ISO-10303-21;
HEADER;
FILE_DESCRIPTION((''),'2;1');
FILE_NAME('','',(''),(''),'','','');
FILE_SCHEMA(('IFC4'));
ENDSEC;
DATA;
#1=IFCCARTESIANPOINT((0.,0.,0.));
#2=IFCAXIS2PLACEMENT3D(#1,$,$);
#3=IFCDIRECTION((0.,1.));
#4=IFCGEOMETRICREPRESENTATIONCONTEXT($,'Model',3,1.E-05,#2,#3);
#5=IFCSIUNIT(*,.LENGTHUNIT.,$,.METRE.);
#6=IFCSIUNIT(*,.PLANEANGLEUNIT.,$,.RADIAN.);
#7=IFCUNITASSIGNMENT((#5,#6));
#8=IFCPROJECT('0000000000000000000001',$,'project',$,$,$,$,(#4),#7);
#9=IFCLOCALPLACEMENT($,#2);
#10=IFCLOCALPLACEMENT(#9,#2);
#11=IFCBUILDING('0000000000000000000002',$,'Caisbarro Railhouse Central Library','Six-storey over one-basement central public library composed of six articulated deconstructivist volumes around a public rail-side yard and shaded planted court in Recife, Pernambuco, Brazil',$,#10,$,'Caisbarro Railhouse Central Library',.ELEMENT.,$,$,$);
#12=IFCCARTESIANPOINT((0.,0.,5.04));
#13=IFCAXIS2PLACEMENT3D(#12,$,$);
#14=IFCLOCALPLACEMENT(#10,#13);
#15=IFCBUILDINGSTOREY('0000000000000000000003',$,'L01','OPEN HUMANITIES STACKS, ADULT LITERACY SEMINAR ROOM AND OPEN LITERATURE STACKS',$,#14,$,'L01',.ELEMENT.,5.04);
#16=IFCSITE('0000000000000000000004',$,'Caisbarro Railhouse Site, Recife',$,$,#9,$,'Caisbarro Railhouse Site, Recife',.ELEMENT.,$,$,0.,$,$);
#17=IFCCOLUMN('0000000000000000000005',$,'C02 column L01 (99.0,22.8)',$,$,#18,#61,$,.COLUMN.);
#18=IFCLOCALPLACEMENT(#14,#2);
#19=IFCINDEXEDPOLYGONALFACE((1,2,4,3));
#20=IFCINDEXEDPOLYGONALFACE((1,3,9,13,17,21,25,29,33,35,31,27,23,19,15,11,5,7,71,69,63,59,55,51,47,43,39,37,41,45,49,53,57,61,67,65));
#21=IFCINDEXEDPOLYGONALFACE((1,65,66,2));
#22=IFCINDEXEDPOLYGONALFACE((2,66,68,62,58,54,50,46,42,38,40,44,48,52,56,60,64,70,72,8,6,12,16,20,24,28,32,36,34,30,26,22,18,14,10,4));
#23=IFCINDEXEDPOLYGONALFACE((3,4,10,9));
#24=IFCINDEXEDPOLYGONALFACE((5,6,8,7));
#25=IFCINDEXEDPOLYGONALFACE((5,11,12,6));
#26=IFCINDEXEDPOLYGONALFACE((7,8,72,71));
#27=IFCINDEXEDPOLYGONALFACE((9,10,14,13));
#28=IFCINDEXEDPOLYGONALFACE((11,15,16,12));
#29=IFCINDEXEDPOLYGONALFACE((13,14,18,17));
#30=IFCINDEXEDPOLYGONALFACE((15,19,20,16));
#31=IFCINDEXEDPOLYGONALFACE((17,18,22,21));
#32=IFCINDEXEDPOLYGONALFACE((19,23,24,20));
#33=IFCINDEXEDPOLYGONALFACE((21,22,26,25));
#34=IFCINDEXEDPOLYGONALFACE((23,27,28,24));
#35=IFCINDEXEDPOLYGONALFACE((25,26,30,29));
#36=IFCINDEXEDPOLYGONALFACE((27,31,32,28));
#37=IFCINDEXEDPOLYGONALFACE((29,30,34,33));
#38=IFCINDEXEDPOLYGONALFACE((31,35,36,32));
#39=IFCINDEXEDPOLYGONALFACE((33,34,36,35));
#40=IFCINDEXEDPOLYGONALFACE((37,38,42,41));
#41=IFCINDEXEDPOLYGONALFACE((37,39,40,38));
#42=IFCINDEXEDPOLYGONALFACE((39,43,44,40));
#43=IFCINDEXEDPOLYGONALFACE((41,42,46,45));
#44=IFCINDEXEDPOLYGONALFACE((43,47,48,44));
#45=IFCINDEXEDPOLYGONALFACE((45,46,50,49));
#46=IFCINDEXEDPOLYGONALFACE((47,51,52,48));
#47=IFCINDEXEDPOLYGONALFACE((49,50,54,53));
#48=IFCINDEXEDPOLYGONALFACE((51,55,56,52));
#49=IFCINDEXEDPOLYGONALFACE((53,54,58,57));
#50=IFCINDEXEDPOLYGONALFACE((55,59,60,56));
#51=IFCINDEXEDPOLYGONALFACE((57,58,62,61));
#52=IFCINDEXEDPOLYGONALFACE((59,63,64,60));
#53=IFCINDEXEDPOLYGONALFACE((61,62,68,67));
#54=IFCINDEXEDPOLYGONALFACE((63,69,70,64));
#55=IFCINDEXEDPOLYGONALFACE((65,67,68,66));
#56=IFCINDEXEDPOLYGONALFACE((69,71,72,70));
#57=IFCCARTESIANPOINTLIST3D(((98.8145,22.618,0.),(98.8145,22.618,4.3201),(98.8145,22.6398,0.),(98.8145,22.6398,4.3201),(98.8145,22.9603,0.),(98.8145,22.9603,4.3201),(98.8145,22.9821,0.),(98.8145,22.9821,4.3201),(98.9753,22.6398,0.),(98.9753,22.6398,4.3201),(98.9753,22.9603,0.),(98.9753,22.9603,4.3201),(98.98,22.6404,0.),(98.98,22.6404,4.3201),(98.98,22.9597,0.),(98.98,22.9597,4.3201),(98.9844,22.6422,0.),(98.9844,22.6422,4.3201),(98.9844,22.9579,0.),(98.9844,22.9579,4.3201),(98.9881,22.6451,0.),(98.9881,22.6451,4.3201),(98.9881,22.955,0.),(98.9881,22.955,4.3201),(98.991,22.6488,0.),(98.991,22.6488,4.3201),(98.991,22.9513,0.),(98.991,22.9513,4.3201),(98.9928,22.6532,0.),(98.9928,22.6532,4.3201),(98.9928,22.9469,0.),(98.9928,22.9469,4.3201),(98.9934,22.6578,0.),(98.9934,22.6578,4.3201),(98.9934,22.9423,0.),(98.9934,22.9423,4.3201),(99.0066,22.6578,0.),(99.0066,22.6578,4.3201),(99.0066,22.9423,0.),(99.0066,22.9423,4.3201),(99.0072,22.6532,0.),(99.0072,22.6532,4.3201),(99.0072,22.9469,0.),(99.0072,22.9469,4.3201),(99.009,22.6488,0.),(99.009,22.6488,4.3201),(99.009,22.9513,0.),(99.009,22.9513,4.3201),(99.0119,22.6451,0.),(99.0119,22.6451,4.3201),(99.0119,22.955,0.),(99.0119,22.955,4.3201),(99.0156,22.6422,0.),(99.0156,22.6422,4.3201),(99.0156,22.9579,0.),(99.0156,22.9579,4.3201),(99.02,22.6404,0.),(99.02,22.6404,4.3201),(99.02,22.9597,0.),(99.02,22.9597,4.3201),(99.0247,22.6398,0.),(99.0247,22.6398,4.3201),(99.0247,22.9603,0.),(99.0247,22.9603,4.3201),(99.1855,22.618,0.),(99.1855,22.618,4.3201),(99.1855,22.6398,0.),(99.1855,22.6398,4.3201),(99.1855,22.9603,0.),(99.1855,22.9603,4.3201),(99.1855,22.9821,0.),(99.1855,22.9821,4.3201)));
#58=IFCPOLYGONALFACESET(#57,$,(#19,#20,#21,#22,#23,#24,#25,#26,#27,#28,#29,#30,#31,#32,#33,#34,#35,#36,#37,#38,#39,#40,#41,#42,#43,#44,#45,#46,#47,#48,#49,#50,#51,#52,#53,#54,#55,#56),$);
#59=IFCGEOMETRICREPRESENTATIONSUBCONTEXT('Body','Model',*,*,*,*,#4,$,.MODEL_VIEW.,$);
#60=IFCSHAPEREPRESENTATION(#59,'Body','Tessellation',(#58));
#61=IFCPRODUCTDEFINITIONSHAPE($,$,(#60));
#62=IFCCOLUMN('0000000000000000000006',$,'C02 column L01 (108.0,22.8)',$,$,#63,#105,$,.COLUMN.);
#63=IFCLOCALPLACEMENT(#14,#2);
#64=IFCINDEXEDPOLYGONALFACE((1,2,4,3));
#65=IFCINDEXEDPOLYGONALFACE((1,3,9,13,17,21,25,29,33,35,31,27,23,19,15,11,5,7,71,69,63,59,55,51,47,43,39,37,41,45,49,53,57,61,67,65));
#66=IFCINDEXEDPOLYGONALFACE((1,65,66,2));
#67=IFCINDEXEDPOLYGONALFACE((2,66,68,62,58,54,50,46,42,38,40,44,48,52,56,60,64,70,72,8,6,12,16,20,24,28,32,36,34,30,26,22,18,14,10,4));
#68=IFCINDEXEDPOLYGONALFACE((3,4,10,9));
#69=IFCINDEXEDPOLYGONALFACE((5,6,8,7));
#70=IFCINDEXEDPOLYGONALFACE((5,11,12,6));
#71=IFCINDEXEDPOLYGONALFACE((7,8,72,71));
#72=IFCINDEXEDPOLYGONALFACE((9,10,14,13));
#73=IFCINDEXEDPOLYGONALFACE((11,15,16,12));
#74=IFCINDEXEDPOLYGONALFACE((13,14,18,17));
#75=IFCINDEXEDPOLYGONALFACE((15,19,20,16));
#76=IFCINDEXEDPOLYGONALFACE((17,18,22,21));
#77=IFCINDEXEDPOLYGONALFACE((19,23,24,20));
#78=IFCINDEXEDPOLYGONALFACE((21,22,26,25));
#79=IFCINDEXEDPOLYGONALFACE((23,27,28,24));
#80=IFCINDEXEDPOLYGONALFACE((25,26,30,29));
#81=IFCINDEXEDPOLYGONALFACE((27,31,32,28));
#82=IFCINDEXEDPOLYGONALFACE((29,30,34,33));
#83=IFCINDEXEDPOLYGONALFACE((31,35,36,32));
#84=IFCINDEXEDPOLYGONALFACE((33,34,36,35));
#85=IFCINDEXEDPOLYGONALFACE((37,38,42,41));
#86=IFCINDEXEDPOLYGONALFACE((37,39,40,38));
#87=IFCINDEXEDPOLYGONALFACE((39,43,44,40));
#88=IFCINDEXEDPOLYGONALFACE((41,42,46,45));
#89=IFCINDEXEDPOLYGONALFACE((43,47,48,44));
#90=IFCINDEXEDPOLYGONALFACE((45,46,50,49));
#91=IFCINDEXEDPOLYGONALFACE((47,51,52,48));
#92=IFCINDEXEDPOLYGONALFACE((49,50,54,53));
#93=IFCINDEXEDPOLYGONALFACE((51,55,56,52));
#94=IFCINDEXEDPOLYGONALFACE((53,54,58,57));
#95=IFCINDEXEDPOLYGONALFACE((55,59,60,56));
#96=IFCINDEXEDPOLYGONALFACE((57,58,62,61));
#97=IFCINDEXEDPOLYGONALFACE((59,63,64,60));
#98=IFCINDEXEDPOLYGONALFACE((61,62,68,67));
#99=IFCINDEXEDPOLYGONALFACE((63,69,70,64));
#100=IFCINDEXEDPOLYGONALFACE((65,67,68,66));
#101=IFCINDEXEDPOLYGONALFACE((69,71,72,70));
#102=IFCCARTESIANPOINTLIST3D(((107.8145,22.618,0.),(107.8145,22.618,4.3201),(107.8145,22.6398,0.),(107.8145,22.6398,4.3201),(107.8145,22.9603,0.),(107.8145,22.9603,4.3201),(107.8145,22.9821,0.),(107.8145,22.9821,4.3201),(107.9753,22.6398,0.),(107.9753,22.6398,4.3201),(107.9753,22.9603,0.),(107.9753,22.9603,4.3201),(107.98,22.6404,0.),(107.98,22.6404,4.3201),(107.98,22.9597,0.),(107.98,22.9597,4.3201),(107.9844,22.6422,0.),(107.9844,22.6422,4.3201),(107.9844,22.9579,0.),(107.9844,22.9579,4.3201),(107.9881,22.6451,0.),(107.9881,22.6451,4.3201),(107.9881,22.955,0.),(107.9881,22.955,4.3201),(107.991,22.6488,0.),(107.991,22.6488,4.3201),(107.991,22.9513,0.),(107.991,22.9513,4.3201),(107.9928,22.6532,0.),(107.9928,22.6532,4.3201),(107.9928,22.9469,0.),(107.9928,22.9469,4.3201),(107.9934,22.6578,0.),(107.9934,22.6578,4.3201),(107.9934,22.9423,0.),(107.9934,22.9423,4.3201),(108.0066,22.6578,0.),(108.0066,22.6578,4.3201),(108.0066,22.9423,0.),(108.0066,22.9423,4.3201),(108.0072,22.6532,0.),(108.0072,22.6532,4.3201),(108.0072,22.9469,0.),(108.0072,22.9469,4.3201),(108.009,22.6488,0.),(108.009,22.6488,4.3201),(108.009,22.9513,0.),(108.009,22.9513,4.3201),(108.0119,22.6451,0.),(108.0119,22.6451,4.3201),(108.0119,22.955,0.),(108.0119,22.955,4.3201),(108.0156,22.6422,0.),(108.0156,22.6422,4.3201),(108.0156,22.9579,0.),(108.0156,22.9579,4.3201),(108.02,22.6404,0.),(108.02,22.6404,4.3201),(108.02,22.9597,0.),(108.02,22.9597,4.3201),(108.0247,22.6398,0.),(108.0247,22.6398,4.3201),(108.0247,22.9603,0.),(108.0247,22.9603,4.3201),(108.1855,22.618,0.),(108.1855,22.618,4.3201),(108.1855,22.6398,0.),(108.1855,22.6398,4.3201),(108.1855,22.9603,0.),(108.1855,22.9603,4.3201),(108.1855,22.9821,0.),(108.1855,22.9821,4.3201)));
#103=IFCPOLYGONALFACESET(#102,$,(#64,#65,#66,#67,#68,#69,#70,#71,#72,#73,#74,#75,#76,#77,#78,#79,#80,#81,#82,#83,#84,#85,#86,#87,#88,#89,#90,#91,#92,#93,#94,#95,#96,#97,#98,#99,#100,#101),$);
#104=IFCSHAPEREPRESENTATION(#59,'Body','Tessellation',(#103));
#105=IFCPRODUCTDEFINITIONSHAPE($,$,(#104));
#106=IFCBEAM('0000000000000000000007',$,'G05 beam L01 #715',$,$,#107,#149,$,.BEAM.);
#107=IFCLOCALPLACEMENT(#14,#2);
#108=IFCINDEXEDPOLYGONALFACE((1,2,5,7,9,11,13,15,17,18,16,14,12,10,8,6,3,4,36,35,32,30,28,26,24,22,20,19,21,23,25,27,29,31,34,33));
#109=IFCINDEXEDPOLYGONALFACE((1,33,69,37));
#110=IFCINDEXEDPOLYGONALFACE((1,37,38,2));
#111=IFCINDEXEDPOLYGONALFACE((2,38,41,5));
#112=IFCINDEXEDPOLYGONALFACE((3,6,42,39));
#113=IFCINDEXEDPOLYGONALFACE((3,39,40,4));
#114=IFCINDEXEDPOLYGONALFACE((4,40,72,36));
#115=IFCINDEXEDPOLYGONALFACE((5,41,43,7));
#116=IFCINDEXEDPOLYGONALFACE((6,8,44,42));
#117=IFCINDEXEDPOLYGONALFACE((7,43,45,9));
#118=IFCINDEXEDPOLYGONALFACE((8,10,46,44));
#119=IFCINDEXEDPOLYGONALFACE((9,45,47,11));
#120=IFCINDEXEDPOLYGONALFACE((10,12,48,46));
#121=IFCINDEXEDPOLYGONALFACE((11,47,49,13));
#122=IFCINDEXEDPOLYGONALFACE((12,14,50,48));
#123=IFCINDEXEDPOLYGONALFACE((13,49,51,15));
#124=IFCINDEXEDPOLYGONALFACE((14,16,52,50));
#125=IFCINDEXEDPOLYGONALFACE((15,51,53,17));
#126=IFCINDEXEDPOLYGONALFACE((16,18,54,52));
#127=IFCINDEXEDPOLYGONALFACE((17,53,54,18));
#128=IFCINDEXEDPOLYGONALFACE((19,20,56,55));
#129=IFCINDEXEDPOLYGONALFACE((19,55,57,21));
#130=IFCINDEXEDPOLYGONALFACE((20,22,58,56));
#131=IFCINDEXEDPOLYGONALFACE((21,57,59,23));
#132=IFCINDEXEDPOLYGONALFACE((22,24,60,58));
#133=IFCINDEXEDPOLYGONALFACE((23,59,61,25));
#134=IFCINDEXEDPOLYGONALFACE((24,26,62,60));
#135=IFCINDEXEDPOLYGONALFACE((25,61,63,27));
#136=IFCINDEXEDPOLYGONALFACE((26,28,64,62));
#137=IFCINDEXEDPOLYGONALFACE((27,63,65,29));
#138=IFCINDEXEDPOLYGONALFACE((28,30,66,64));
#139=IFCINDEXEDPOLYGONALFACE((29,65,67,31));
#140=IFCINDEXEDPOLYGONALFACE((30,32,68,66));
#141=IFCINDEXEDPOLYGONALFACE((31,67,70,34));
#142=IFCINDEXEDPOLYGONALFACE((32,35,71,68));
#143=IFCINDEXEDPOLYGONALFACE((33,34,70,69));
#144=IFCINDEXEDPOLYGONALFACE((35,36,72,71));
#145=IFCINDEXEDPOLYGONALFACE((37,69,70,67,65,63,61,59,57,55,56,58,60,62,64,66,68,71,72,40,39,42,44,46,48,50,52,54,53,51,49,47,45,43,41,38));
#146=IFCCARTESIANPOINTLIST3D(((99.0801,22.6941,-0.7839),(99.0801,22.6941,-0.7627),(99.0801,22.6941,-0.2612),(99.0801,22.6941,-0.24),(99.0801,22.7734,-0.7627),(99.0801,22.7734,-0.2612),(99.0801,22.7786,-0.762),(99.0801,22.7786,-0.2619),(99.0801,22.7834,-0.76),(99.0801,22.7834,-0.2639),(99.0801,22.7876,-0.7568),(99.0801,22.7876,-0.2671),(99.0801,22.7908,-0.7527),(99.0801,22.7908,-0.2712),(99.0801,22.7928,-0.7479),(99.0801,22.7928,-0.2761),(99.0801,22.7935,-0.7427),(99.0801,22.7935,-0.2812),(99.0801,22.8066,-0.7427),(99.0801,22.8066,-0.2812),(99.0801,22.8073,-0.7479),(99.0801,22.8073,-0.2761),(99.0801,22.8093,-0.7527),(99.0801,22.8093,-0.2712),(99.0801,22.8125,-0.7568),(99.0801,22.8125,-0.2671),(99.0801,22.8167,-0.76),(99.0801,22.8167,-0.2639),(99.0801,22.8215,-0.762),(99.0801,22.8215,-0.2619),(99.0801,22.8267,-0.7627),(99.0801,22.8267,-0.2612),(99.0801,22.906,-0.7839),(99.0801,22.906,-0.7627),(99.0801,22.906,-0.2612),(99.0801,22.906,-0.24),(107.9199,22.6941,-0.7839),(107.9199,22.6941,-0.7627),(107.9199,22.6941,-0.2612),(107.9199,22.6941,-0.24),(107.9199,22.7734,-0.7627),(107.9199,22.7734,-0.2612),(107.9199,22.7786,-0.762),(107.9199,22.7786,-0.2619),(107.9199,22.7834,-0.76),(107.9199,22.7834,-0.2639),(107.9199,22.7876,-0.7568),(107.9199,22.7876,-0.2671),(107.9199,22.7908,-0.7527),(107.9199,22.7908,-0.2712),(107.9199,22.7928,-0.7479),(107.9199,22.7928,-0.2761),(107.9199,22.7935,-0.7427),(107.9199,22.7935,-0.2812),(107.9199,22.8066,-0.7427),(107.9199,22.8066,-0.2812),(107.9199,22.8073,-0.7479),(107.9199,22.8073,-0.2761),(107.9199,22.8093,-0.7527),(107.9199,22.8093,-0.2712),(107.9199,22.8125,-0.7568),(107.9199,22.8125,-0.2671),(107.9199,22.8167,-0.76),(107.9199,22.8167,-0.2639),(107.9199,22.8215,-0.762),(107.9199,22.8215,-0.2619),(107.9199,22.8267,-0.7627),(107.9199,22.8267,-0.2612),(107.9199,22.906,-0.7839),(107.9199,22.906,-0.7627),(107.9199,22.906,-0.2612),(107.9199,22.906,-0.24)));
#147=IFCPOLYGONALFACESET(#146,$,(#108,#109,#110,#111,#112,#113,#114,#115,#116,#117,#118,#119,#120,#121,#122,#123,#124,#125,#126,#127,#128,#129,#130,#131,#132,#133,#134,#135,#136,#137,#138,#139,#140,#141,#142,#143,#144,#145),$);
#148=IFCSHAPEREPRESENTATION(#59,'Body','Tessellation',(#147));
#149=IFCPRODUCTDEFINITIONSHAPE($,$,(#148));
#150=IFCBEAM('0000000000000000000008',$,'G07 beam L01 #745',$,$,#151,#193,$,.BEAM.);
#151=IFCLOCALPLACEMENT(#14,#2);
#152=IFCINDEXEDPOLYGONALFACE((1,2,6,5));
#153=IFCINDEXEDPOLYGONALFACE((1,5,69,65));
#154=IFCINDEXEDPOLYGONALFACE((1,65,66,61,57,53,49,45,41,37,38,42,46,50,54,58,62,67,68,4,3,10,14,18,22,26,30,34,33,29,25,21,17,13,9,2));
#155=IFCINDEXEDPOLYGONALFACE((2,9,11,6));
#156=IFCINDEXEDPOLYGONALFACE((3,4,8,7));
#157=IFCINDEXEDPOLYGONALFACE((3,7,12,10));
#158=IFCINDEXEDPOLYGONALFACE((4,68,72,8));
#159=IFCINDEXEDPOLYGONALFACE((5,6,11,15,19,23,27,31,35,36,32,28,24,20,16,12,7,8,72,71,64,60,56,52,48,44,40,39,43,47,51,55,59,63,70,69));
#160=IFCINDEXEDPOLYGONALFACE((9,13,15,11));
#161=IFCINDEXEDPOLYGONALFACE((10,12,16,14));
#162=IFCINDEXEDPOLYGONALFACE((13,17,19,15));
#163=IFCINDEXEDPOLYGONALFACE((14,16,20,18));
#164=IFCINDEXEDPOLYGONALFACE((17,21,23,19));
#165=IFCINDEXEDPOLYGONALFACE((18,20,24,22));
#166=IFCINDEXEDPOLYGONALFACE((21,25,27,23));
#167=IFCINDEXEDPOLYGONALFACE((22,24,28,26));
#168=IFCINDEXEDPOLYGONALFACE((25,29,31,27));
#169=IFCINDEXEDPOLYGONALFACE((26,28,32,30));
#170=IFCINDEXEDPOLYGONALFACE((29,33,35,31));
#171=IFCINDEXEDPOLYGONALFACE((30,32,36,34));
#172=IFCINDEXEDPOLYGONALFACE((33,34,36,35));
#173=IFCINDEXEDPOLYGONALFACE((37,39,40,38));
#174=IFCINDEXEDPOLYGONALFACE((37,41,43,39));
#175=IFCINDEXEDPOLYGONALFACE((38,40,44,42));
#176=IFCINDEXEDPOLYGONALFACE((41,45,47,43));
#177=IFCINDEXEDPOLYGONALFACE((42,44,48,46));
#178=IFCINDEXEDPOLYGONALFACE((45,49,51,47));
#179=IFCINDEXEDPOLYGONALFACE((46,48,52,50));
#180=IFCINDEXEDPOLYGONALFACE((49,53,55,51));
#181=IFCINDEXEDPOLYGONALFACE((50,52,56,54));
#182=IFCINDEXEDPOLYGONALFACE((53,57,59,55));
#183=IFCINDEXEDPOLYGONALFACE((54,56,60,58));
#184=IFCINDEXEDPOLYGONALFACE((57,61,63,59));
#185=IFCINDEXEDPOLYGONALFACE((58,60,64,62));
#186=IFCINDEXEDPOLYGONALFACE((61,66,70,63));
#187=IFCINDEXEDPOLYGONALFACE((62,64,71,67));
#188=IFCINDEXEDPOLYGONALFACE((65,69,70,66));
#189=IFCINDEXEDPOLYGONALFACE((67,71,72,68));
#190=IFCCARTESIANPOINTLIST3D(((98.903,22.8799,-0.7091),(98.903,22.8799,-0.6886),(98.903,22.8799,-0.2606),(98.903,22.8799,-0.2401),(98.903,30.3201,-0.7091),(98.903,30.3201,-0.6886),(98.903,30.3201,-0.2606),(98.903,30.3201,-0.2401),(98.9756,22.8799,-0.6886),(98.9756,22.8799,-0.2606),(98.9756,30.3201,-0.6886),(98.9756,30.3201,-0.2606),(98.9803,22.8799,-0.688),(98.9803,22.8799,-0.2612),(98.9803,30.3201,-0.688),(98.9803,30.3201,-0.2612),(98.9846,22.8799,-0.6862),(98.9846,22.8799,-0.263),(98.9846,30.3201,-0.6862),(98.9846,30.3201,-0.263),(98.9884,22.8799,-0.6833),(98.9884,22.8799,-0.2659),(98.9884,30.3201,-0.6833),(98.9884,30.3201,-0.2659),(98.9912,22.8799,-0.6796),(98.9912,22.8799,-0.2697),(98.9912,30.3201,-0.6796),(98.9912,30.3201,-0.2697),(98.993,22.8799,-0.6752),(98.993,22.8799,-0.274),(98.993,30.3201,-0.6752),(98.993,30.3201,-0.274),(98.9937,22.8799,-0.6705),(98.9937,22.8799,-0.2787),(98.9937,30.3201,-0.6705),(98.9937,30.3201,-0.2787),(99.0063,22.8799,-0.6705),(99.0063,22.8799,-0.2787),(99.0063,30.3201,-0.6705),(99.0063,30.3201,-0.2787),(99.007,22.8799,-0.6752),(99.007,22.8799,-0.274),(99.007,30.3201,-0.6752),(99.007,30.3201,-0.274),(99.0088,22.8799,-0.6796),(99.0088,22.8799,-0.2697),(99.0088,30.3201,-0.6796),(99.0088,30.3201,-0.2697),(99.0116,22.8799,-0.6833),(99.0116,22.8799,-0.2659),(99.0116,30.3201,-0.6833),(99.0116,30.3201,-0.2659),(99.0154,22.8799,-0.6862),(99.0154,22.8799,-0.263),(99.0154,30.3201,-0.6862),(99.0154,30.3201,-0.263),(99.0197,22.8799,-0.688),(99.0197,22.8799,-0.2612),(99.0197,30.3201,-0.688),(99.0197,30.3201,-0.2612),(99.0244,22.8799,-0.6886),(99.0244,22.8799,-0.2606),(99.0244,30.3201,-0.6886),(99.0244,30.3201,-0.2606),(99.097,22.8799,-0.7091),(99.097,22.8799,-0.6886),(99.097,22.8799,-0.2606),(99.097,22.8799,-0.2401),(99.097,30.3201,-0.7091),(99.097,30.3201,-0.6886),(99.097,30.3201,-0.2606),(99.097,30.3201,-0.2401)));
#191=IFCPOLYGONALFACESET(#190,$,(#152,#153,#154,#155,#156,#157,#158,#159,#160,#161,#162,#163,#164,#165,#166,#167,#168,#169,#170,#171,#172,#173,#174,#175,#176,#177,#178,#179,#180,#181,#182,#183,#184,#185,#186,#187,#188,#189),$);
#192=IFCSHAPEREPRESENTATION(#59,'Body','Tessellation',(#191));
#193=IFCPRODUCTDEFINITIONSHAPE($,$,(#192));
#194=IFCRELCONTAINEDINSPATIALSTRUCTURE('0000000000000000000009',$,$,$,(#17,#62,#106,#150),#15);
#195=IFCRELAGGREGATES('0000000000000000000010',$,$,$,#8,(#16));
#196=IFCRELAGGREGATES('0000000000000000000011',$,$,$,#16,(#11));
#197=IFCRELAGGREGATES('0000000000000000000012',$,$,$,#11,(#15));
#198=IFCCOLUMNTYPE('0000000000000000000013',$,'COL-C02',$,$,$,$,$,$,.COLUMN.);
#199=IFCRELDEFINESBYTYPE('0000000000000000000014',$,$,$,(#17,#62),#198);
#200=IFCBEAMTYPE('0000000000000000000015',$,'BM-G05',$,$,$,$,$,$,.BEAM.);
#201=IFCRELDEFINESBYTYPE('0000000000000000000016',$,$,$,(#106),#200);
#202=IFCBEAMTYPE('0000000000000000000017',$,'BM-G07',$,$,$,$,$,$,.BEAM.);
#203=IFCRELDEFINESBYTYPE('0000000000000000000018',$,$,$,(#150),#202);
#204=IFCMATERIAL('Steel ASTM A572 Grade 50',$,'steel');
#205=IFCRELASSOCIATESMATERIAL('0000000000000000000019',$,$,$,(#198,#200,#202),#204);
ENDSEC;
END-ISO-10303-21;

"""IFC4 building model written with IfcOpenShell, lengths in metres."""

from ifc_helpers import new_model, si_unit, direction, frame, origin, origin_2d, place, context, subcontext, project, spatial, i_section, extrude, material, material_profile, profile_set, type_object, element, save


model = new_model("IFC4")

# Units and contexts
model_context = context("Model", 3, precision=1e-05, world=origin(), true_north=direction((0.0, 1.0)))
body_context = subcontext(model_context, "Body", "Model", "MODEL_VIEW")
ifc_project = project(units=[si_unit("LENGTHUNIT", "METRE"), si_unit("PLANEANGLEUNIT", "RADIAN")], contexts=[model_context])

# Site, building, storey
site_placement = place(None, origin())
site = spatial("IfcSite", under=ifc_project, at=site_placement, Name="Caisbarro Railhouse Site, Recife", LongName="Caisbarro Railhouse Site, Recife", CompositionType="ELEMENT", RefElevation=0.0)
building_placement = place(site_placement, origin())
building = spatial("IfcBuilding", under=site, at=building_placement, Name="Caisbarro Railhouse Central Library", Description="Six-storey over one-basement central public library composed of six articulated deconstructivist volumes around a public rail-side yard and shaded planted court in Recife, Pernambuco, Brazil", LongName="Caisbarro Railhouse Central Library", CompositionType="ELEMENT")
storey_placement = place(building_placement, frame((0.0, 0.0, 5.04)))
storey = spatial("IfcBuildingStorey", under=building, at=storey_placement, Name="L01", Description="OPEN HUMANITIES STACKS, ADULT LITERACY SEMINAR ROOM AND OPEN LITERATURE STACKS", LongName="L01", CompositionType="ELEMENT", Elevation=5.04)

# Columns
ifc_material_1 = material(Name="Steel ASTM A572 Grade 50", Category="steel")
ifc_material_profile_1 = material_profile(ifc_material_1, i_section(OverallWidth=0.3711, OverallDepth=0.364, WebThickness=0.0132, FlangeThickness=0.0217, FilletRadius=0.0181, at=origin_2d()), Name="W360X162.0")
ifc_profile_set_1 = profile_set([ifc_material_profile_1], Name="Steel ASTM A572 Grade 50")
column_type = type_object("IfcColumnType", Name="COL-C02", PredefinedType="COLUMN", material=ifc_profile_set_1)
for number, where, z_axis, x_axis, name in (
    (1, (99.0, 22.8, 0.0), (0.0, 0.0, 1.0), (1.0, 0.0, 0.0), "C02 column L01 (99.0,22.8)"),
    (2, (108.0, 22.8, 0.0), (0.0, 0.0, 1.0), (1.0, 0.0, 0.0), "C02 column L01 (108.0,22.8)"),
):
    element("IfcColumn", number, at=place(storey_placement, frame(where, z_axis=z_axis, x_axis=x_axis)), inside=storey, type_object=column_type, Name=name, PredefinedType="COLUMN", context=body_context, shape_type="SweptSolid", body=[
        extrude(i_section(OverallWidth=0.3711, OverallDepth=0.364, WebThickness=0.0132, FlangeThickness=0.0217, FilletRadius=0.0181, at=origin_2d()), origin(), (0.0, 0.0, 1.0), 4.3201),
    ])

# Beams
ifc_material_profile_2 = material_profile(ifc_material_1, i_section(OverallWidth=0.2119, OverallDepth=0.5439, WebThickness=0.0132, FlangeThickness=0.0212, FilletRadius=0.02, at=origin_2d()), Name="W530X123.0")
ifc_profile_set_2 = profile_set([ifc_material_profile_2], Name="Steel ASTM A572 Grade 50")
beam_type_1 = type_object("IfcBeamType", Name="BM-G05", PredefinedType="BEAM", material=ifc_profile_set_2)
beam_placement = place(storey_placement, frame((99.0801, 22.8, -0.512), z_axis=(1.0, 0.0, 0.0), x_axis=(0.0, 1.0, 0.0)))
element("IfcBeam", 3, at=beam_placement, inside=storey, type_object=beam_type_1, Name="G05 beam L01 #715", PredefinedType="BEAM", context=body_context, shape_type="SweptSolid", body=[
    extrude(i_section(OverallWidth=0.2119, OverallDepth=0.5439, WebThickness=0.0132, FlangeThickness=0.0212, FilletRadius=0.02, at=origin_2d()), origin(), (0.0, 0.0, 1.0), 8.8398),
])
ifc_material_profile_3 = material_profile(ifc_material_1, i_section(OverallWidth=0.1941, OverallDepth=0.469, WebThickness=0.0127, FlangeThickness=0.0205, FilletRadius=0.0181, at=origin_2d()), Name="W460X106.0")
ifc_profile_set_3 = profile_set([ifc_material_profile_3], Name="Steel ASTM A572 Grade 50")
beam_type_2 = type_object("IfcBeamType", Name="BM-G07", PredefinedType="BEAM", material=ifc_profile_set_3)
for number, where, z_axis, x_axis, name in (
    (4, (99.0, 22.8799, -0.4746), (0.0, 1.0, 0.0), (-1.0, 0.0, 0.0), "G07 beam L01 #745"),
):
    element("IfcBeam", number, at=place(storey_placement, frame(where, z_axis=z_axis, x_axis=x_axis)), inside=storey, type_object=beam_type_2, Name=name, PredefinedType="BEAM", context=body_context, shape_type="SweptSolid", body=[
        extrude(i_section(OverallWidth=0.1941, OverallDepth=0.469, WebThickness=0.0127, FlangeThickness=0.0205, FilletRadius=0.0181, at=origin_2d()), origin(), (0.0, 0.0, 1.0), 7.4402),
    ])

save(model, "model.ifc")
